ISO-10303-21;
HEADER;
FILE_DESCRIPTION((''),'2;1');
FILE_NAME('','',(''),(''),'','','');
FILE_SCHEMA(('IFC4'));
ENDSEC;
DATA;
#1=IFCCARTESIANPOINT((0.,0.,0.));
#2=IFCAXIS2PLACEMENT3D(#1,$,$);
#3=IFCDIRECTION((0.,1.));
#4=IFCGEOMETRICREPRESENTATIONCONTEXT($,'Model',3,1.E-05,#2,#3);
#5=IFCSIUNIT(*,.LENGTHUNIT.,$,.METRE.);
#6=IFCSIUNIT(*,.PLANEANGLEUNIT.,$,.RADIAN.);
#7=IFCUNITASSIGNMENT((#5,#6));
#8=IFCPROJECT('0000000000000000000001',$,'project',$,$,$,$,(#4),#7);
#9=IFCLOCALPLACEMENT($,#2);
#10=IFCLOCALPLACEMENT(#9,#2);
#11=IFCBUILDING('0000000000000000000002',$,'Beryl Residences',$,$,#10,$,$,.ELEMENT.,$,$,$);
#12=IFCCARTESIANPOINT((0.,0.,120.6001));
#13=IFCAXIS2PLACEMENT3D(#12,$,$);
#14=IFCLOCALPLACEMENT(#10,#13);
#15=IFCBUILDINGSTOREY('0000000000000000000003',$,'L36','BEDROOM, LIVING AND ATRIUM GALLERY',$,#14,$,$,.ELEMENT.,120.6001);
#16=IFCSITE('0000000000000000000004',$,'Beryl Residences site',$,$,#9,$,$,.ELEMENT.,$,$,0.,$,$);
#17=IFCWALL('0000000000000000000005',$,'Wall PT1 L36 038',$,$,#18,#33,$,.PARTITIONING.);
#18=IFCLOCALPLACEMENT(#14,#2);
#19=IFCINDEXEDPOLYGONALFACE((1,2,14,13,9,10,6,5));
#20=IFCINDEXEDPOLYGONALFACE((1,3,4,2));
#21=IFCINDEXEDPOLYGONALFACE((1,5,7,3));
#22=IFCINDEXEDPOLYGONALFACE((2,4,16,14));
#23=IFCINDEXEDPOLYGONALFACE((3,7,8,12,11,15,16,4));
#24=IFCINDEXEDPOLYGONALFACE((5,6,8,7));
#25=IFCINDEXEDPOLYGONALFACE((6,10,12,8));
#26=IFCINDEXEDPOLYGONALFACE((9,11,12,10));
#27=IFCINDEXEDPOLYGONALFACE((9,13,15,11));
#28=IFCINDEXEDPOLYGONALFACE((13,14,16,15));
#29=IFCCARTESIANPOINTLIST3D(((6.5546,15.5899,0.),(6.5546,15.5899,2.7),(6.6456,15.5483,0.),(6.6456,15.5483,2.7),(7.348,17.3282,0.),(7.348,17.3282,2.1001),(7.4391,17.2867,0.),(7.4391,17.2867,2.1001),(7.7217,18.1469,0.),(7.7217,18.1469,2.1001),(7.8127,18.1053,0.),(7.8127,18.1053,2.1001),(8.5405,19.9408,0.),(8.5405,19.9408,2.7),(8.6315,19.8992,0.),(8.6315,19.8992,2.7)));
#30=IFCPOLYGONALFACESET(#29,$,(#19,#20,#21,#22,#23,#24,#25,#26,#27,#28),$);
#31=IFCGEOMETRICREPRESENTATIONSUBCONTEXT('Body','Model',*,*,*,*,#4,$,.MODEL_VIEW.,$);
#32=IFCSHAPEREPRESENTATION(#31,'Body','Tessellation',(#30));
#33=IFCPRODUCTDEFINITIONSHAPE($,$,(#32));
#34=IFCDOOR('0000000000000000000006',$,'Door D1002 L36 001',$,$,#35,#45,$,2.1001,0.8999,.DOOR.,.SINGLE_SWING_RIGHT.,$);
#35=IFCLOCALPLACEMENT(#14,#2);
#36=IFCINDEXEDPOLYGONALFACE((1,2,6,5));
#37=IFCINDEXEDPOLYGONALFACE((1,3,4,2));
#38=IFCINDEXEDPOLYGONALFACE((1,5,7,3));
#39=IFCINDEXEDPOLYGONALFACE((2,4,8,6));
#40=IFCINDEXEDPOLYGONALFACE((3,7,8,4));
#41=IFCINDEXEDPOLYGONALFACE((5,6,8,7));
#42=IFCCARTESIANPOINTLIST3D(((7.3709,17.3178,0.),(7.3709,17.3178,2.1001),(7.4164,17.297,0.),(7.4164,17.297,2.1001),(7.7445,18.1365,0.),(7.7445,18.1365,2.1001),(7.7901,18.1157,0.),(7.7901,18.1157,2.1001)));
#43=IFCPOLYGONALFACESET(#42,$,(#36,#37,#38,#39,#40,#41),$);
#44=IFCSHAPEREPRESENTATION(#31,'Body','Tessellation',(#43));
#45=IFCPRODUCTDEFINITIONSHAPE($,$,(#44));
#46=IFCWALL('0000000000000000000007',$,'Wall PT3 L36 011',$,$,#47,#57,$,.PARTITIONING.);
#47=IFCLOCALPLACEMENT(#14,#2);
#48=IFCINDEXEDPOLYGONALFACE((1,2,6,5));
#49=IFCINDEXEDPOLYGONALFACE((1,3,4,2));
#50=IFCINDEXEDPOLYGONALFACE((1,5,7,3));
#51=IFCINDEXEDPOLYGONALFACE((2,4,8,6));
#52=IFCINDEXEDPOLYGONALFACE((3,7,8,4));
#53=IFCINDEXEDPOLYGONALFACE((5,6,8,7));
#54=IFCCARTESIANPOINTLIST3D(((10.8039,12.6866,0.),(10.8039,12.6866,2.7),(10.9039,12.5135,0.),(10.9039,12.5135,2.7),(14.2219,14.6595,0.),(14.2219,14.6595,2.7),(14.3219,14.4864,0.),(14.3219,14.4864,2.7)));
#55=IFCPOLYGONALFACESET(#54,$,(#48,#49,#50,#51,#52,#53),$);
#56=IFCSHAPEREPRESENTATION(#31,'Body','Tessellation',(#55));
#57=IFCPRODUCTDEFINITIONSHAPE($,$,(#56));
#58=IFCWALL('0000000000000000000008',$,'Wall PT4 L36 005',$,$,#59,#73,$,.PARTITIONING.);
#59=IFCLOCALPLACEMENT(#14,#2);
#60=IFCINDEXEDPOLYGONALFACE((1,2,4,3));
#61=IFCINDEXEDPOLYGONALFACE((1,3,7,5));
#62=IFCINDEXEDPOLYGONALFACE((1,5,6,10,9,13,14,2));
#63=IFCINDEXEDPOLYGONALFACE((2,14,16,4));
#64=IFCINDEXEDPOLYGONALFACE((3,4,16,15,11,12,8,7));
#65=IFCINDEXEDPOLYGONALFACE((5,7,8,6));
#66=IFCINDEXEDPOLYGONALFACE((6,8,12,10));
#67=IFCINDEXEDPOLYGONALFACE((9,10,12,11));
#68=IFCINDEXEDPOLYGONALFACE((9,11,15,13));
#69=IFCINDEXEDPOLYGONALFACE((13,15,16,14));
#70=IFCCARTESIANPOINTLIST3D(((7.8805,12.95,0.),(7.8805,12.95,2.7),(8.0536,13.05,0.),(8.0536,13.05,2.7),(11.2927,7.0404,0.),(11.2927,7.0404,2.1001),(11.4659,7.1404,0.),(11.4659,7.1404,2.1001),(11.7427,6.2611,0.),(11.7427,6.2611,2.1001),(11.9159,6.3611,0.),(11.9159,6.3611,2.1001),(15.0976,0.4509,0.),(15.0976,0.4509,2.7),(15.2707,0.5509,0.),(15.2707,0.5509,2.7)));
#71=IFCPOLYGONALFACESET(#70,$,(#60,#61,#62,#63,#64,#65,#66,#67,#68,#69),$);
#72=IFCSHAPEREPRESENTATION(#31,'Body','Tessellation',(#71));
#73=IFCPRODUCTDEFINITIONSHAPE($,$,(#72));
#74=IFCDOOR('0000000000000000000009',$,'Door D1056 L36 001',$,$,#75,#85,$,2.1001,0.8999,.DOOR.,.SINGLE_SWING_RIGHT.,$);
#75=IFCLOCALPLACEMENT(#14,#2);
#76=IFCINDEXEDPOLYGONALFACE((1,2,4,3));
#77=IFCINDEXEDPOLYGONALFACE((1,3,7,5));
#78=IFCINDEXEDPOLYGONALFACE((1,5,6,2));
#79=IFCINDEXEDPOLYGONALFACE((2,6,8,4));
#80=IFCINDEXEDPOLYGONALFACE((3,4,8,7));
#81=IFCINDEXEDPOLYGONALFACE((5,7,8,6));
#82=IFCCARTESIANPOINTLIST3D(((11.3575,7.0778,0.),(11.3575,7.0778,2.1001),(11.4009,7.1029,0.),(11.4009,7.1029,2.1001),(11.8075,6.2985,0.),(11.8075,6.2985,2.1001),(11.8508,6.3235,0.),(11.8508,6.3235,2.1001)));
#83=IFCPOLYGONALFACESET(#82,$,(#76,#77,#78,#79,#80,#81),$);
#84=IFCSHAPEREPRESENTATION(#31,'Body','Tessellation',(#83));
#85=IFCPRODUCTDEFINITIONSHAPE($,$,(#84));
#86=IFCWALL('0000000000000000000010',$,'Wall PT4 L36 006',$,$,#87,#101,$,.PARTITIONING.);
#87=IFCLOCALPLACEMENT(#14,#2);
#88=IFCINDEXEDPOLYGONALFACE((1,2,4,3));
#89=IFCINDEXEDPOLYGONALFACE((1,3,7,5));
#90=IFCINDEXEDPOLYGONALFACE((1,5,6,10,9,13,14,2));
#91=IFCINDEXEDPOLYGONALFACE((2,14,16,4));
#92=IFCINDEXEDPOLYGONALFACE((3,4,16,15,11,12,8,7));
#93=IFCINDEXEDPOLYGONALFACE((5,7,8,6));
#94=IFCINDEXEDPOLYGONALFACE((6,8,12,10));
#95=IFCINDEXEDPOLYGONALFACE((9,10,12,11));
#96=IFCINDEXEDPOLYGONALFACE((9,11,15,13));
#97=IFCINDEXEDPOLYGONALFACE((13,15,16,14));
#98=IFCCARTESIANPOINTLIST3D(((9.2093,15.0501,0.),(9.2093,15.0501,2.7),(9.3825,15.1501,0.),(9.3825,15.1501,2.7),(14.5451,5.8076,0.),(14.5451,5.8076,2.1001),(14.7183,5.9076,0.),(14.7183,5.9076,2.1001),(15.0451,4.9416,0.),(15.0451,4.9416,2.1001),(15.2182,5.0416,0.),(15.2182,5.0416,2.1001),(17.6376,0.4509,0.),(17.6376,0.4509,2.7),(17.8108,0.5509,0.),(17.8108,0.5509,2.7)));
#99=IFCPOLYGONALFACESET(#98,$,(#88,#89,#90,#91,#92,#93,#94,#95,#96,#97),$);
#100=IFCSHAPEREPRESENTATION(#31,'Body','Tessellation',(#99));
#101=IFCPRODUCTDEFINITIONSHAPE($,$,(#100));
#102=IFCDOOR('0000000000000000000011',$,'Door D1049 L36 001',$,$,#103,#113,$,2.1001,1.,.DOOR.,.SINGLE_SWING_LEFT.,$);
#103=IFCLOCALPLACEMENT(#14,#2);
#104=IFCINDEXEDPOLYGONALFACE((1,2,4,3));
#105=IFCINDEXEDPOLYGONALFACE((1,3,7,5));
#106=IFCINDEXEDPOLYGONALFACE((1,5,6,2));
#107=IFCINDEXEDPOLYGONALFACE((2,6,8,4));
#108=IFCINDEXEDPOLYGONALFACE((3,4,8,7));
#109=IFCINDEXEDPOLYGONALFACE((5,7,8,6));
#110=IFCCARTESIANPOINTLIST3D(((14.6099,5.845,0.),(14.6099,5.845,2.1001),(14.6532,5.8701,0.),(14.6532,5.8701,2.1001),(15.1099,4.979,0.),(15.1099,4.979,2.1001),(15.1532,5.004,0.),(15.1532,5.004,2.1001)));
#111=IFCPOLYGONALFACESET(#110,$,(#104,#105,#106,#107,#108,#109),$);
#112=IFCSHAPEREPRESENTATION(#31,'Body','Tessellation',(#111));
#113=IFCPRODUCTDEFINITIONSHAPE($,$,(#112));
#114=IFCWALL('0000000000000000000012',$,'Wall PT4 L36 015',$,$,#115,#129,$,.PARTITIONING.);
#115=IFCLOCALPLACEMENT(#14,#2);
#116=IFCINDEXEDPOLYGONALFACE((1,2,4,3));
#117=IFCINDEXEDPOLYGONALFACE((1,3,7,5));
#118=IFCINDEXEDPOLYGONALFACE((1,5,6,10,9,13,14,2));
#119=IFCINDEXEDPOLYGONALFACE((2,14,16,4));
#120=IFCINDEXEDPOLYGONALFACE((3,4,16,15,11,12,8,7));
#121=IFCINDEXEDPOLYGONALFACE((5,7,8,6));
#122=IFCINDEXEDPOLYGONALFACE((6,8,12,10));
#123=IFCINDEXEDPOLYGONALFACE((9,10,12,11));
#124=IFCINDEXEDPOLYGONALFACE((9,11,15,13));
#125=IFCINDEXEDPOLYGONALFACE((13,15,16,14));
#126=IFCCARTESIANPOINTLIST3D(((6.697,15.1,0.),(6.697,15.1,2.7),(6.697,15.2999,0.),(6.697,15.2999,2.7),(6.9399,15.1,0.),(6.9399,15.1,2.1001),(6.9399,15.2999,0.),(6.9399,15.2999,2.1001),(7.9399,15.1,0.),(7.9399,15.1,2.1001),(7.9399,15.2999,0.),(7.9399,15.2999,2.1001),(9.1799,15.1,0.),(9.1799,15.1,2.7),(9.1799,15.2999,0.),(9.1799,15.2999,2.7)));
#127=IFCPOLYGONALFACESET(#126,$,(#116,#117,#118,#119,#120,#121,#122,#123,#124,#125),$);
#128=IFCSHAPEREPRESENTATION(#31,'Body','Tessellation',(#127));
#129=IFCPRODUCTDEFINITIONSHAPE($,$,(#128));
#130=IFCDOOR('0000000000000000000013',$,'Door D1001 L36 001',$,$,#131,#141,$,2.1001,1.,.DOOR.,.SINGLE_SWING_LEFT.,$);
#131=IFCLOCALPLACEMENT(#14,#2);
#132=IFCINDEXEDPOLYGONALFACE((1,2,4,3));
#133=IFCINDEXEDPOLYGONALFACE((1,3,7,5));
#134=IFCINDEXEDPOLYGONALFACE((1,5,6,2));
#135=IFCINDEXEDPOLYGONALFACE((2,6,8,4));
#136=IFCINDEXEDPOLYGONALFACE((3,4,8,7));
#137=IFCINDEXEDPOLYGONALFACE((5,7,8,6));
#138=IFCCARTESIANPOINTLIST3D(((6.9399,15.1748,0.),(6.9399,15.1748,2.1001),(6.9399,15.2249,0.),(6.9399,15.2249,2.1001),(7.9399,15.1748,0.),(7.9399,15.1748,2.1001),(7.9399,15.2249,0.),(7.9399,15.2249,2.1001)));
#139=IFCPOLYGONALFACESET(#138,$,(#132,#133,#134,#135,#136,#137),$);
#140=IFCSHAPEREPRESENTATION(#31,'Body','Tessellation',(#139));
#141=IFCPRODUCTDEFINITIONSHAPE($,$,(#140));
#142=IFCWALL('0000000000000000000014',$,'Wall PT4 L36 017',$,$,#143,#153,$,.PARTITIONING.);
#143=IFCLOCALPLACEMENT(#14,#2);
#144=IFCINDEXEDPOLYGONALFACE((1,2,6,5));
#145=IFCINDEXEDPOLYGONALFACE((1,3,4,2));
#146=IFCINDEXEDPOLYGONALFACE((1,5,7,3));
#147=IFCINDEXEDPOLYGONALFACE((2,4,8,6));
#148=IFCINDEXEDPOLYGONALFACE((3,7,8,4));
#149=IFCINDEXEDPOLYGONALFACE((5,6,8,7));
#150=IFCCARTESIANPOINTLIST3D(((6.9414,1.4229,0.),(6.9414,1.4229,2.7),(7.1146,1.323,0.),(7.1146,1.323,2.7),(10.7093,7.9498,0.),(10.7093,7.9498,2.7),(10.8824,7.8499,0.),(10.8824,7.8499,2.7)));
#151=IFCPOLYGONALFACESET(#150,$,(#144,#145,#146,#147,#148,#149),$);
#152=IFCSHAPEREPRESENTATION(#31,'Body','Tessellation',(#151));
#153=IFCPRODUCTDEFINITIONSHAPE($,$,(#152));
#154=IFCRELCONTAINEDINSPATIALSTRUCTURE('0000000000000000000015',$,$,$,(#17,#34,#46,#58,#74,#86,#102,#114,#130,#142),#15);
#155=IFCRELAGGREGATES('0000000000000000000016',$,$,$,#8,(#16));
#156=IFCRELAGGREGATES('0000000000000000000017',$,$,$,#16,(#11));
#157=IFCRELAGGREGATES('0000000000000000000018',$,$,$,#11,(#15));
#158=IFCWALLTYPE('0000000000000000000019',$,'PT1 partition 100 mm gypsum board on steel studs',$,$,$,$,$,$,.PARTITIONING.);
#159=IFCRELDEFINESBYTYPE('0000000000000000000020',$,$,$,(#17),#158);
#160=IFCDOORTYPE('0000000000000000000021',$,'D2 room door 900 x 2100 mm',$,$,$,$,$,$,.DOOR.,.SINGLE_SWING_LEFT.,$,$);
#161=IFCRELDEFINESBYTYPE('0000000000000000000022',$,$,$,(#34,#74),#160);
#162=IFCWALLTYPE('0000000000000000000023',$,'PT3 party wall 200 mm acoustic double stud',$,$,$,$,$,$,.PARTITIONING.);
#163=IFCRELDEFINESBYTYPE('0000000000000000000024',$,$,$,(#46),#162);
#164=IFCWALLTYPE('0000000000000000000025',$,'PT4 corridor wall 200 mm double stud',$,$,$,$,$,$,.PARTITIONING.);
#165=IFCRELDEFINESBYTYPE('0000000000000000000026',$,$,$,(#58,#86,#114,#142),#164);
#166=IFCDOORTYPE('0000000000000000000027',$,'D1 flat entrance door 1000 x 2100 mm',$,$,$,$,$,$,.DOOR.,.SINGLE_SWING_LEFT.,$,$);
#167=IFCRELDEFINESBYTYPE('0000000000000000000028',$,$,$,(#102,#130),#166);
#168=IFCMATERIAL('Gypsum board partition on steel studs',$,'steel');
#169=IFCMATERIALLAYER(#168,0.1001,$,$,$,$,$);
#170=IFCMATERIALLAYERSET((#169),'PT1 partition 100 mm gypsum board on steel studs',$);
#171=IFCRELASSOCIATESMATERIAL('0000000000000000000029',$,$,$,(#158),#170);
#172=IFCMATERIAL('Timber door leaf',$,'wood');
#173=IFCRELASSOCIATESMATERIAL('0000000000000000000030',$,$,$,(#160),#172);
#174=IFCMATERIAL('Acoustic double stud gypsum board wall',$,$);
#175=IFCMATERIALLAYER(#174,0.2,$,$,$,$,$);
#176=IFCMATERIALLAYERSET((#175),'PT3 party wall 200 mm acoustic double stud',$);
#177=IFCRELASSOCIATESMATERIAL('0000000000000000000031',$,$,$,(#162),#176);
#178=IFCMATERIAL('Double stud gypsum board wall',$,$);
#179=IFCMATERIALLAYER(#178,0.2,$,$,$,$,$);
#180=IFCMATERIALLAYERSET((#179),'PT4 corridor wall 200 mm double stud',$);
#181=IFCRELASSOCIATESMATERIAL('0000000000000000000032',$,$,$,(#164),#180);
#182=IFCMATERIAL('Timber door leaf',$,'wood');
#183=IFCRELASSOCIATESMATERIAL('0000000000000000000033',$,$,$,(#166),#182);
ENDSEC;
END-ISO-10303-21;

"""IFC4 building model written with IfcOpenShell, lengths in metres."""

from ifc_helpers import new_model, si_unit, direction, frame, frame_2d, origin, place, context, subcontext, project, spatial, rectangle, extrude, material, layer, layer_set, type_object, element, fill, save


model = new_model("IFC4")

# Units and contexts
model_context = context("Model", 3, precision=1e-05, world=origin(), true_north=direction((0.0, 1.0)))
body_context = subcontext(model_context, "Body", "Model", "MODEL_VIEW")
ifc_project = project(units=[si_unit("LENGTHUNIT", "METRE"), si_unit("PLANEANGLEUNIT", "RADIAN")], contexts=[model_context])

# Site, building, storey
site_placement = place(None, origin())
site = spatial("IfcSite", under=ifc_project, at=site_placement, Name="Beryl Residences site", CompositionType="ELEMENT", RefElevation=0.0)
building_placement = place(site_placement, origin())
building = spatial("IfcBuilding", under=site, at=building_placement, Name="Beryl Residences", CompositionType="ELEMENT")
storey_placement = place(building_placement, frame((0.0, 0.0, 120.6001)))
storey = spatial("IfcBuildingStorey", under=building, at=storey_placement, Name="L36", Description="BEDROOM, LIVING AND ATRIUM GALLERY", CompositionType="ELEMENT", Elevation=120.6001)

# Shared definitions
ifc_material_1 = material(Name="Gypsum board partition on steel studs", Category="steel")
ifc_layer_1 = layer(ifc_material_1, 0.1001)
ifc_layer_set_1 = layer_set([ifc_layer_1], Name="PT1 partition 100 mm gypsum board on steel studs")
wall_type_1 = type_object("IfcWallType", Name="PT1 partition 100 mm gypsum board on steel studs", PredefinedType="PARTITIONING", material=ifc_layer_set_1)

# Wall, opening, door
wall_1_placement = place(storey_placement, frame((6.6001, 15.5691, 0.0), z_axis=(0.0, 0.0, 1.0), x_axis=(0.415222, 0.90972, 0.0)))
wall_1 = element("IfcWall", 1, at=wall_1_placement, inside=storey, type_object=wall_type_1, Name="Wall PT1 L36 038", PredefinedType="PARTITIONING", context=body_context, shape_type="SweptSolid", body=[
    extrude(rectangle(XDim=4.7827, YDim=0.1001, at=frame_2d((2.3914, 0.0))), origin(), (0.0, 0.0, 1.0), 2.7),
])
opening_1_placement = place(wall_1_placement, frame((1.9109, 0.0, 0.0)))
opening_1 = element("IfcOpeningElement", 2, at=opening_1_placement, cuts=wall_1, PredefinedType="OPENING", context=body_context, shape_type="SweptSolid", body=[
    extrude(rectangle(XDim=0.8999, YDim=2.1001, at=frame_2d((0.45, 1.05))), frame((0.0, 0.0601, 0.0), z_axis=(0.0, -1.0, 0.0), x_axis=(1.0, 0.0, 0.0)), (0.0, 0.0, 1.0), 0.1201),
])
ifc_material_2 = material(Name="Timber door leaf", Category="wood")
door_type_1 = type_object("IfcDoorType", Name="D2 room door 900 x 2100 mm", OperationType="SINGLE_SWING_LEFT", PredefinedType="DOOR", material=ifc_material_2)
door_1_placement = place(opening_1_placement, origin())
door_1 = element("IfcDoor", 3, at=door_1_placement, inside=storey, type_object=door_type_1, Name="Door D1002 L36 001", OperationType="SINGLE_SWING_RIGHT", OverallHeight=2.1001, OverallWidth=0.8999, PredefinedType="DOOR", context=body_context, shape_type="SweptSolid", body=[
    extrude(rectangle(XDim=0.8999, YDim=2.1001, at=frame_2d((0.45, 1.05))), frame((0.0, 0.0249, 0.0), z_axis=(0.0, -1.0, 0.0), x_axis=(1.0, 0.0, 0.0)), (0.0, 0.0, 1.0), 0.05),
])
fill(opening_1, door_1)

# Wall
ifc_material_3 = material(Name="Acoustic double stud gypsum board wall")
ifc_layer_2 = layer(ifc_material_3, 0.2)
ifc_layer_set_2 = layer_set([ifc_layer_2], Name="PT3 party wall 200 mm acoustic double stud")
wall_type_2 = type_object("IfcWallType", Name="PT3 party wall 200 mm acoustic double stud", PredefinedType="PARTITIONING", material=ifc_layer_set_2)
wall_2_placement = place(storey_placement, frame((10.854, 12.6001, 0.0), z_axis=(0.0, 0.0, 1.0), x_axis=(0.866076, 0.499912, 0.0)))
element("IfcWall", 4, at=wall_2_placement, inside=storey, type_object=wall_type_2, Name="Wall PT3 L36 011", PredefinedType="PARTITIONING", context=body_context, shape_type="SweptSolid", body=[
    extrude(rectangle(XDim=3.9465, YDim=0.2, at=frame_2d((1.9731, 0.0))), origin(), (0.0, 0.0, 1.0), 2.7),
])

# Walls, openings, doors
ifc_material_4 = material(Name="Double stud gypsum board wall")
ifc_layer_3 = layer(ifc_material_4, 0.2)
ifc_layer_set_3 = layer_set([ifc_layer_3], Name="PT4 corridor wall 200 mm double stud")
wall_type_3 = type_object("IfcWallType", Name="PT4 corridor wall 200 mm double stud", PredefinedType="PARTITIONING", material=ifc_layer_set_3)
wall_3_placement = place(storey_placement, frame((7.967, 13.0, 0.0), z_axis=(0.0, 0.0, 1.0), x_axis=(0.500038, -0.866004, 0.0)))
wall_3 = element("IfcWall", 5, at=wall_3_placement, inside=storey, type_object=wall_type_3, Name="Wall PT4 L36 005", PredefinedType="PARTITIONING", context=body_context, shape_type="SweptSolid", body=[
    extrude(rectangle(XDim=14.4331, YDim=0.2, at=frame_2d((7.2166, 0.0))), origin(), (0.0, 0.0, 1.0), 2.7),
])
opening_2_placement = place(wall_3_placement, frame((6.824, 0.0, 0.0)))
opening_2 = element("IfcOpeningElement", 6, at=opening_2_placement, cuts=wall_3, PredefinedType="OPENING", context=body_context, shape_type="SweptSolid", body=[
    extrude(rectangle(XDim=0.8999, YDim=2.1001, at=frame_2d((0.45, 1.05))), frame((0.0, 0.1099, 0.0), z_axis=(0.0, -1.0, 0.0), x_axis=(1.0, 0.0, 0.0)), (0.0, 0.0, 1.0), 0.22),
])
door_2_placement = place(opening_2_placement, origin())
door_2 = element("IfcDoor", 7, at=door_2_placement, inside=storey, type_object=door_type_1, Name="Door D1056 L36 001", OperationType="SINGLE_SWING_RIGHT", OverallHeight=2.1001, OverallWidth=0.8999, PredefinedType="DOOR", context=body_context, shape_type="SweptSolid", body=[
    extrude(rectangle(XDim=0.8999, YDim=2.1001, at=frame_2d((0.45, 1.05))), frame((0.0, 0.0249, 0.0), z_axis=(0.0, -1.0, 0.0), x_axis=(1.0, 0.0, 0.0)), (0.0, 0.0, 1.0), 0.05),
])
fill(opening_2, door_2)
wall_4_placement = place(storey_placement, frame((9.2959, 15.1001, 0.0), z_axis=(0.0, 0.0, 1.0), x_axis=(0.499974, -0.86604, 0.0)))
wall_4 = element("IfcWall", 8, at=wall_4_placement, inside=storey, type_object=wall_type_3, Name="Wall PT4 L36 006", PredefinedType="PARTITIONING", context=body_context, shape_type="SweptSolid", body=[
    extrude(rectangle(XDim=16.8574, YDim=0.2, at=frame_2d((8.4287, 0.0))), origin(), (0.0, 0.0, 1.0), 2.7),
])
opening_3_placement = place(wall_4_placement, frame((10.6721, 0.0, 0.0)))
opening_3 = element("IfcOpeningElement", 9, at=opening_3_placement, cuts=wall_4, PredefinedType="OPENING", context=body_context, shape_type="SweptSolid", body=[
    extrude(rectangle(XDim=1.0, YDim=2.1001, at=frame_2d((0.5, 1.05))), frame((0.0, 0.1099, 0.0), z_axis=(0.0, -1.0, 0.0), x_axis=(1.0, 0.0, 0.0)), (0.0, 0.0, 1.0), 0.22),
])
ifc_material_5 = material(Name="Timber door leaf", Category="wood")
door_type_2 = type_object("IfcDoorType", Name="D1 flat entrance door 1000 x 2100 mm", OperationType="SINGLE_SWING_LEFT", PredefinedType="DOOR", material=ifc_material_5)
door_3_placement = place(opening_3_placement, origin())
door_3 = element("IfcDoor", 10, at=door_3_placement, inside=storey, type_object=door_type_2, Name="Door D1049 L36 001", OperationType="SINGLE_SWING_LEFT", OverallHeight=2.1001, OverallWidth=1.0, PredefinedType="DOOR", context=body_context, shape_type="SweptSolid", body=[
    extrude(rectangle(XDim=1.0, YDim=2.1001, at=frame_2d((0.5, 1.05))), frame((0.0, 0.0249, 0.0), z_axis=(0.0, -1.0, 0.0), x_axis=(1.0, 0.0, 0.0)), (0.0, 0.0, 1.0), 0.05),
])
fill(opening_3, door_3)
wall_5_placement = place(storey_placement, frame((6.697, 15.2, 0.0), z_axis=(0.0, 0.0, 1.0), x_axis=(1.0, 0.0, 0.0)))
wall_5 = element("IfcWall", 11, at=wall_5_placement, inside=storey, type_object=wall_type_3, Name="Wall PT4 L36 015", PredefinedType="PARTITIONING", context=body_context, shape_type="SweptSolid", body=[
    extrude(rectangle(XDim=2.4829, YDim=0.2, at=frame_2d((1.2415, 0.0))), origin(), (0.0, 0.0, 1.0), 2.7),
])
opening_4_placement = place(wall_5_placement, frame((0.2429, 0.0, 0.0)))
opening_4 = element("IfcOpeningElement", 12, at=opening_4_placement, cuts=wall_5, PredefinedType="OPENING", context=body_context, shape_type="SweptSolid", body=[
    extrude(rectangle(XDim=1.0, YDim=2.1001, at=frame_2d((0.5, 1.05))), frame((0.0, 0.1099, 0.0), z_axis=(0.0, -1.0, 0.0), x_axis=(1.0, 0.0, 0.0)), (0.0, 0.0, 1.0), 0.22),
])
door_4_placement = place(opening_4_placement, origin())
door_4 = element("IfcDoor", 13, at=door_4_placement, inside=storey, type_object=door_type_2, Name="Door D1001 L36 001", OperationType="SINGLE_SWING_LEFT", OverallHeight=2.1001, OverallWidth=1.0, PredefinedType="DOOR", context=body_context, shape_type="SweptSolid", body=[
    extrude(rectangle(XDim=1.0, YDim=2.1001, at=frame_2d((0.5, 1.05))), frame((0.0, 0.0249, 0.0), z_axis=(0.0, -1.0, 0.0), x_axis=(1.0, 0.0, 0.0)), (0.0, 0.0, 1.0), 0.05),
])
fill(opening_4, door_4)

# Wall
wall_6_placement = place(storey_placement, frame((7.0281, 1.373, 0.0), z_axis=(0.0, 0.0, 1.0), x_axis=(0.499954, 0.866052, 0.0)))
element("IfcWall", 14, at=wall_6_placement, inside=storey, type_object=wall_type_3, Name="Wall PT4 L36 017", PredefinedType="PARTITIONING", context=body_context, shape_type="SweptSolid", body=[
    extrude(rectangle(XDim=7.5364, YDim=0.2, at=frame_2d((3.7681, 0.0))), origin(), (0.0, 0.0, 1.0), 2.7),
])

save(model, "model.ifc")
